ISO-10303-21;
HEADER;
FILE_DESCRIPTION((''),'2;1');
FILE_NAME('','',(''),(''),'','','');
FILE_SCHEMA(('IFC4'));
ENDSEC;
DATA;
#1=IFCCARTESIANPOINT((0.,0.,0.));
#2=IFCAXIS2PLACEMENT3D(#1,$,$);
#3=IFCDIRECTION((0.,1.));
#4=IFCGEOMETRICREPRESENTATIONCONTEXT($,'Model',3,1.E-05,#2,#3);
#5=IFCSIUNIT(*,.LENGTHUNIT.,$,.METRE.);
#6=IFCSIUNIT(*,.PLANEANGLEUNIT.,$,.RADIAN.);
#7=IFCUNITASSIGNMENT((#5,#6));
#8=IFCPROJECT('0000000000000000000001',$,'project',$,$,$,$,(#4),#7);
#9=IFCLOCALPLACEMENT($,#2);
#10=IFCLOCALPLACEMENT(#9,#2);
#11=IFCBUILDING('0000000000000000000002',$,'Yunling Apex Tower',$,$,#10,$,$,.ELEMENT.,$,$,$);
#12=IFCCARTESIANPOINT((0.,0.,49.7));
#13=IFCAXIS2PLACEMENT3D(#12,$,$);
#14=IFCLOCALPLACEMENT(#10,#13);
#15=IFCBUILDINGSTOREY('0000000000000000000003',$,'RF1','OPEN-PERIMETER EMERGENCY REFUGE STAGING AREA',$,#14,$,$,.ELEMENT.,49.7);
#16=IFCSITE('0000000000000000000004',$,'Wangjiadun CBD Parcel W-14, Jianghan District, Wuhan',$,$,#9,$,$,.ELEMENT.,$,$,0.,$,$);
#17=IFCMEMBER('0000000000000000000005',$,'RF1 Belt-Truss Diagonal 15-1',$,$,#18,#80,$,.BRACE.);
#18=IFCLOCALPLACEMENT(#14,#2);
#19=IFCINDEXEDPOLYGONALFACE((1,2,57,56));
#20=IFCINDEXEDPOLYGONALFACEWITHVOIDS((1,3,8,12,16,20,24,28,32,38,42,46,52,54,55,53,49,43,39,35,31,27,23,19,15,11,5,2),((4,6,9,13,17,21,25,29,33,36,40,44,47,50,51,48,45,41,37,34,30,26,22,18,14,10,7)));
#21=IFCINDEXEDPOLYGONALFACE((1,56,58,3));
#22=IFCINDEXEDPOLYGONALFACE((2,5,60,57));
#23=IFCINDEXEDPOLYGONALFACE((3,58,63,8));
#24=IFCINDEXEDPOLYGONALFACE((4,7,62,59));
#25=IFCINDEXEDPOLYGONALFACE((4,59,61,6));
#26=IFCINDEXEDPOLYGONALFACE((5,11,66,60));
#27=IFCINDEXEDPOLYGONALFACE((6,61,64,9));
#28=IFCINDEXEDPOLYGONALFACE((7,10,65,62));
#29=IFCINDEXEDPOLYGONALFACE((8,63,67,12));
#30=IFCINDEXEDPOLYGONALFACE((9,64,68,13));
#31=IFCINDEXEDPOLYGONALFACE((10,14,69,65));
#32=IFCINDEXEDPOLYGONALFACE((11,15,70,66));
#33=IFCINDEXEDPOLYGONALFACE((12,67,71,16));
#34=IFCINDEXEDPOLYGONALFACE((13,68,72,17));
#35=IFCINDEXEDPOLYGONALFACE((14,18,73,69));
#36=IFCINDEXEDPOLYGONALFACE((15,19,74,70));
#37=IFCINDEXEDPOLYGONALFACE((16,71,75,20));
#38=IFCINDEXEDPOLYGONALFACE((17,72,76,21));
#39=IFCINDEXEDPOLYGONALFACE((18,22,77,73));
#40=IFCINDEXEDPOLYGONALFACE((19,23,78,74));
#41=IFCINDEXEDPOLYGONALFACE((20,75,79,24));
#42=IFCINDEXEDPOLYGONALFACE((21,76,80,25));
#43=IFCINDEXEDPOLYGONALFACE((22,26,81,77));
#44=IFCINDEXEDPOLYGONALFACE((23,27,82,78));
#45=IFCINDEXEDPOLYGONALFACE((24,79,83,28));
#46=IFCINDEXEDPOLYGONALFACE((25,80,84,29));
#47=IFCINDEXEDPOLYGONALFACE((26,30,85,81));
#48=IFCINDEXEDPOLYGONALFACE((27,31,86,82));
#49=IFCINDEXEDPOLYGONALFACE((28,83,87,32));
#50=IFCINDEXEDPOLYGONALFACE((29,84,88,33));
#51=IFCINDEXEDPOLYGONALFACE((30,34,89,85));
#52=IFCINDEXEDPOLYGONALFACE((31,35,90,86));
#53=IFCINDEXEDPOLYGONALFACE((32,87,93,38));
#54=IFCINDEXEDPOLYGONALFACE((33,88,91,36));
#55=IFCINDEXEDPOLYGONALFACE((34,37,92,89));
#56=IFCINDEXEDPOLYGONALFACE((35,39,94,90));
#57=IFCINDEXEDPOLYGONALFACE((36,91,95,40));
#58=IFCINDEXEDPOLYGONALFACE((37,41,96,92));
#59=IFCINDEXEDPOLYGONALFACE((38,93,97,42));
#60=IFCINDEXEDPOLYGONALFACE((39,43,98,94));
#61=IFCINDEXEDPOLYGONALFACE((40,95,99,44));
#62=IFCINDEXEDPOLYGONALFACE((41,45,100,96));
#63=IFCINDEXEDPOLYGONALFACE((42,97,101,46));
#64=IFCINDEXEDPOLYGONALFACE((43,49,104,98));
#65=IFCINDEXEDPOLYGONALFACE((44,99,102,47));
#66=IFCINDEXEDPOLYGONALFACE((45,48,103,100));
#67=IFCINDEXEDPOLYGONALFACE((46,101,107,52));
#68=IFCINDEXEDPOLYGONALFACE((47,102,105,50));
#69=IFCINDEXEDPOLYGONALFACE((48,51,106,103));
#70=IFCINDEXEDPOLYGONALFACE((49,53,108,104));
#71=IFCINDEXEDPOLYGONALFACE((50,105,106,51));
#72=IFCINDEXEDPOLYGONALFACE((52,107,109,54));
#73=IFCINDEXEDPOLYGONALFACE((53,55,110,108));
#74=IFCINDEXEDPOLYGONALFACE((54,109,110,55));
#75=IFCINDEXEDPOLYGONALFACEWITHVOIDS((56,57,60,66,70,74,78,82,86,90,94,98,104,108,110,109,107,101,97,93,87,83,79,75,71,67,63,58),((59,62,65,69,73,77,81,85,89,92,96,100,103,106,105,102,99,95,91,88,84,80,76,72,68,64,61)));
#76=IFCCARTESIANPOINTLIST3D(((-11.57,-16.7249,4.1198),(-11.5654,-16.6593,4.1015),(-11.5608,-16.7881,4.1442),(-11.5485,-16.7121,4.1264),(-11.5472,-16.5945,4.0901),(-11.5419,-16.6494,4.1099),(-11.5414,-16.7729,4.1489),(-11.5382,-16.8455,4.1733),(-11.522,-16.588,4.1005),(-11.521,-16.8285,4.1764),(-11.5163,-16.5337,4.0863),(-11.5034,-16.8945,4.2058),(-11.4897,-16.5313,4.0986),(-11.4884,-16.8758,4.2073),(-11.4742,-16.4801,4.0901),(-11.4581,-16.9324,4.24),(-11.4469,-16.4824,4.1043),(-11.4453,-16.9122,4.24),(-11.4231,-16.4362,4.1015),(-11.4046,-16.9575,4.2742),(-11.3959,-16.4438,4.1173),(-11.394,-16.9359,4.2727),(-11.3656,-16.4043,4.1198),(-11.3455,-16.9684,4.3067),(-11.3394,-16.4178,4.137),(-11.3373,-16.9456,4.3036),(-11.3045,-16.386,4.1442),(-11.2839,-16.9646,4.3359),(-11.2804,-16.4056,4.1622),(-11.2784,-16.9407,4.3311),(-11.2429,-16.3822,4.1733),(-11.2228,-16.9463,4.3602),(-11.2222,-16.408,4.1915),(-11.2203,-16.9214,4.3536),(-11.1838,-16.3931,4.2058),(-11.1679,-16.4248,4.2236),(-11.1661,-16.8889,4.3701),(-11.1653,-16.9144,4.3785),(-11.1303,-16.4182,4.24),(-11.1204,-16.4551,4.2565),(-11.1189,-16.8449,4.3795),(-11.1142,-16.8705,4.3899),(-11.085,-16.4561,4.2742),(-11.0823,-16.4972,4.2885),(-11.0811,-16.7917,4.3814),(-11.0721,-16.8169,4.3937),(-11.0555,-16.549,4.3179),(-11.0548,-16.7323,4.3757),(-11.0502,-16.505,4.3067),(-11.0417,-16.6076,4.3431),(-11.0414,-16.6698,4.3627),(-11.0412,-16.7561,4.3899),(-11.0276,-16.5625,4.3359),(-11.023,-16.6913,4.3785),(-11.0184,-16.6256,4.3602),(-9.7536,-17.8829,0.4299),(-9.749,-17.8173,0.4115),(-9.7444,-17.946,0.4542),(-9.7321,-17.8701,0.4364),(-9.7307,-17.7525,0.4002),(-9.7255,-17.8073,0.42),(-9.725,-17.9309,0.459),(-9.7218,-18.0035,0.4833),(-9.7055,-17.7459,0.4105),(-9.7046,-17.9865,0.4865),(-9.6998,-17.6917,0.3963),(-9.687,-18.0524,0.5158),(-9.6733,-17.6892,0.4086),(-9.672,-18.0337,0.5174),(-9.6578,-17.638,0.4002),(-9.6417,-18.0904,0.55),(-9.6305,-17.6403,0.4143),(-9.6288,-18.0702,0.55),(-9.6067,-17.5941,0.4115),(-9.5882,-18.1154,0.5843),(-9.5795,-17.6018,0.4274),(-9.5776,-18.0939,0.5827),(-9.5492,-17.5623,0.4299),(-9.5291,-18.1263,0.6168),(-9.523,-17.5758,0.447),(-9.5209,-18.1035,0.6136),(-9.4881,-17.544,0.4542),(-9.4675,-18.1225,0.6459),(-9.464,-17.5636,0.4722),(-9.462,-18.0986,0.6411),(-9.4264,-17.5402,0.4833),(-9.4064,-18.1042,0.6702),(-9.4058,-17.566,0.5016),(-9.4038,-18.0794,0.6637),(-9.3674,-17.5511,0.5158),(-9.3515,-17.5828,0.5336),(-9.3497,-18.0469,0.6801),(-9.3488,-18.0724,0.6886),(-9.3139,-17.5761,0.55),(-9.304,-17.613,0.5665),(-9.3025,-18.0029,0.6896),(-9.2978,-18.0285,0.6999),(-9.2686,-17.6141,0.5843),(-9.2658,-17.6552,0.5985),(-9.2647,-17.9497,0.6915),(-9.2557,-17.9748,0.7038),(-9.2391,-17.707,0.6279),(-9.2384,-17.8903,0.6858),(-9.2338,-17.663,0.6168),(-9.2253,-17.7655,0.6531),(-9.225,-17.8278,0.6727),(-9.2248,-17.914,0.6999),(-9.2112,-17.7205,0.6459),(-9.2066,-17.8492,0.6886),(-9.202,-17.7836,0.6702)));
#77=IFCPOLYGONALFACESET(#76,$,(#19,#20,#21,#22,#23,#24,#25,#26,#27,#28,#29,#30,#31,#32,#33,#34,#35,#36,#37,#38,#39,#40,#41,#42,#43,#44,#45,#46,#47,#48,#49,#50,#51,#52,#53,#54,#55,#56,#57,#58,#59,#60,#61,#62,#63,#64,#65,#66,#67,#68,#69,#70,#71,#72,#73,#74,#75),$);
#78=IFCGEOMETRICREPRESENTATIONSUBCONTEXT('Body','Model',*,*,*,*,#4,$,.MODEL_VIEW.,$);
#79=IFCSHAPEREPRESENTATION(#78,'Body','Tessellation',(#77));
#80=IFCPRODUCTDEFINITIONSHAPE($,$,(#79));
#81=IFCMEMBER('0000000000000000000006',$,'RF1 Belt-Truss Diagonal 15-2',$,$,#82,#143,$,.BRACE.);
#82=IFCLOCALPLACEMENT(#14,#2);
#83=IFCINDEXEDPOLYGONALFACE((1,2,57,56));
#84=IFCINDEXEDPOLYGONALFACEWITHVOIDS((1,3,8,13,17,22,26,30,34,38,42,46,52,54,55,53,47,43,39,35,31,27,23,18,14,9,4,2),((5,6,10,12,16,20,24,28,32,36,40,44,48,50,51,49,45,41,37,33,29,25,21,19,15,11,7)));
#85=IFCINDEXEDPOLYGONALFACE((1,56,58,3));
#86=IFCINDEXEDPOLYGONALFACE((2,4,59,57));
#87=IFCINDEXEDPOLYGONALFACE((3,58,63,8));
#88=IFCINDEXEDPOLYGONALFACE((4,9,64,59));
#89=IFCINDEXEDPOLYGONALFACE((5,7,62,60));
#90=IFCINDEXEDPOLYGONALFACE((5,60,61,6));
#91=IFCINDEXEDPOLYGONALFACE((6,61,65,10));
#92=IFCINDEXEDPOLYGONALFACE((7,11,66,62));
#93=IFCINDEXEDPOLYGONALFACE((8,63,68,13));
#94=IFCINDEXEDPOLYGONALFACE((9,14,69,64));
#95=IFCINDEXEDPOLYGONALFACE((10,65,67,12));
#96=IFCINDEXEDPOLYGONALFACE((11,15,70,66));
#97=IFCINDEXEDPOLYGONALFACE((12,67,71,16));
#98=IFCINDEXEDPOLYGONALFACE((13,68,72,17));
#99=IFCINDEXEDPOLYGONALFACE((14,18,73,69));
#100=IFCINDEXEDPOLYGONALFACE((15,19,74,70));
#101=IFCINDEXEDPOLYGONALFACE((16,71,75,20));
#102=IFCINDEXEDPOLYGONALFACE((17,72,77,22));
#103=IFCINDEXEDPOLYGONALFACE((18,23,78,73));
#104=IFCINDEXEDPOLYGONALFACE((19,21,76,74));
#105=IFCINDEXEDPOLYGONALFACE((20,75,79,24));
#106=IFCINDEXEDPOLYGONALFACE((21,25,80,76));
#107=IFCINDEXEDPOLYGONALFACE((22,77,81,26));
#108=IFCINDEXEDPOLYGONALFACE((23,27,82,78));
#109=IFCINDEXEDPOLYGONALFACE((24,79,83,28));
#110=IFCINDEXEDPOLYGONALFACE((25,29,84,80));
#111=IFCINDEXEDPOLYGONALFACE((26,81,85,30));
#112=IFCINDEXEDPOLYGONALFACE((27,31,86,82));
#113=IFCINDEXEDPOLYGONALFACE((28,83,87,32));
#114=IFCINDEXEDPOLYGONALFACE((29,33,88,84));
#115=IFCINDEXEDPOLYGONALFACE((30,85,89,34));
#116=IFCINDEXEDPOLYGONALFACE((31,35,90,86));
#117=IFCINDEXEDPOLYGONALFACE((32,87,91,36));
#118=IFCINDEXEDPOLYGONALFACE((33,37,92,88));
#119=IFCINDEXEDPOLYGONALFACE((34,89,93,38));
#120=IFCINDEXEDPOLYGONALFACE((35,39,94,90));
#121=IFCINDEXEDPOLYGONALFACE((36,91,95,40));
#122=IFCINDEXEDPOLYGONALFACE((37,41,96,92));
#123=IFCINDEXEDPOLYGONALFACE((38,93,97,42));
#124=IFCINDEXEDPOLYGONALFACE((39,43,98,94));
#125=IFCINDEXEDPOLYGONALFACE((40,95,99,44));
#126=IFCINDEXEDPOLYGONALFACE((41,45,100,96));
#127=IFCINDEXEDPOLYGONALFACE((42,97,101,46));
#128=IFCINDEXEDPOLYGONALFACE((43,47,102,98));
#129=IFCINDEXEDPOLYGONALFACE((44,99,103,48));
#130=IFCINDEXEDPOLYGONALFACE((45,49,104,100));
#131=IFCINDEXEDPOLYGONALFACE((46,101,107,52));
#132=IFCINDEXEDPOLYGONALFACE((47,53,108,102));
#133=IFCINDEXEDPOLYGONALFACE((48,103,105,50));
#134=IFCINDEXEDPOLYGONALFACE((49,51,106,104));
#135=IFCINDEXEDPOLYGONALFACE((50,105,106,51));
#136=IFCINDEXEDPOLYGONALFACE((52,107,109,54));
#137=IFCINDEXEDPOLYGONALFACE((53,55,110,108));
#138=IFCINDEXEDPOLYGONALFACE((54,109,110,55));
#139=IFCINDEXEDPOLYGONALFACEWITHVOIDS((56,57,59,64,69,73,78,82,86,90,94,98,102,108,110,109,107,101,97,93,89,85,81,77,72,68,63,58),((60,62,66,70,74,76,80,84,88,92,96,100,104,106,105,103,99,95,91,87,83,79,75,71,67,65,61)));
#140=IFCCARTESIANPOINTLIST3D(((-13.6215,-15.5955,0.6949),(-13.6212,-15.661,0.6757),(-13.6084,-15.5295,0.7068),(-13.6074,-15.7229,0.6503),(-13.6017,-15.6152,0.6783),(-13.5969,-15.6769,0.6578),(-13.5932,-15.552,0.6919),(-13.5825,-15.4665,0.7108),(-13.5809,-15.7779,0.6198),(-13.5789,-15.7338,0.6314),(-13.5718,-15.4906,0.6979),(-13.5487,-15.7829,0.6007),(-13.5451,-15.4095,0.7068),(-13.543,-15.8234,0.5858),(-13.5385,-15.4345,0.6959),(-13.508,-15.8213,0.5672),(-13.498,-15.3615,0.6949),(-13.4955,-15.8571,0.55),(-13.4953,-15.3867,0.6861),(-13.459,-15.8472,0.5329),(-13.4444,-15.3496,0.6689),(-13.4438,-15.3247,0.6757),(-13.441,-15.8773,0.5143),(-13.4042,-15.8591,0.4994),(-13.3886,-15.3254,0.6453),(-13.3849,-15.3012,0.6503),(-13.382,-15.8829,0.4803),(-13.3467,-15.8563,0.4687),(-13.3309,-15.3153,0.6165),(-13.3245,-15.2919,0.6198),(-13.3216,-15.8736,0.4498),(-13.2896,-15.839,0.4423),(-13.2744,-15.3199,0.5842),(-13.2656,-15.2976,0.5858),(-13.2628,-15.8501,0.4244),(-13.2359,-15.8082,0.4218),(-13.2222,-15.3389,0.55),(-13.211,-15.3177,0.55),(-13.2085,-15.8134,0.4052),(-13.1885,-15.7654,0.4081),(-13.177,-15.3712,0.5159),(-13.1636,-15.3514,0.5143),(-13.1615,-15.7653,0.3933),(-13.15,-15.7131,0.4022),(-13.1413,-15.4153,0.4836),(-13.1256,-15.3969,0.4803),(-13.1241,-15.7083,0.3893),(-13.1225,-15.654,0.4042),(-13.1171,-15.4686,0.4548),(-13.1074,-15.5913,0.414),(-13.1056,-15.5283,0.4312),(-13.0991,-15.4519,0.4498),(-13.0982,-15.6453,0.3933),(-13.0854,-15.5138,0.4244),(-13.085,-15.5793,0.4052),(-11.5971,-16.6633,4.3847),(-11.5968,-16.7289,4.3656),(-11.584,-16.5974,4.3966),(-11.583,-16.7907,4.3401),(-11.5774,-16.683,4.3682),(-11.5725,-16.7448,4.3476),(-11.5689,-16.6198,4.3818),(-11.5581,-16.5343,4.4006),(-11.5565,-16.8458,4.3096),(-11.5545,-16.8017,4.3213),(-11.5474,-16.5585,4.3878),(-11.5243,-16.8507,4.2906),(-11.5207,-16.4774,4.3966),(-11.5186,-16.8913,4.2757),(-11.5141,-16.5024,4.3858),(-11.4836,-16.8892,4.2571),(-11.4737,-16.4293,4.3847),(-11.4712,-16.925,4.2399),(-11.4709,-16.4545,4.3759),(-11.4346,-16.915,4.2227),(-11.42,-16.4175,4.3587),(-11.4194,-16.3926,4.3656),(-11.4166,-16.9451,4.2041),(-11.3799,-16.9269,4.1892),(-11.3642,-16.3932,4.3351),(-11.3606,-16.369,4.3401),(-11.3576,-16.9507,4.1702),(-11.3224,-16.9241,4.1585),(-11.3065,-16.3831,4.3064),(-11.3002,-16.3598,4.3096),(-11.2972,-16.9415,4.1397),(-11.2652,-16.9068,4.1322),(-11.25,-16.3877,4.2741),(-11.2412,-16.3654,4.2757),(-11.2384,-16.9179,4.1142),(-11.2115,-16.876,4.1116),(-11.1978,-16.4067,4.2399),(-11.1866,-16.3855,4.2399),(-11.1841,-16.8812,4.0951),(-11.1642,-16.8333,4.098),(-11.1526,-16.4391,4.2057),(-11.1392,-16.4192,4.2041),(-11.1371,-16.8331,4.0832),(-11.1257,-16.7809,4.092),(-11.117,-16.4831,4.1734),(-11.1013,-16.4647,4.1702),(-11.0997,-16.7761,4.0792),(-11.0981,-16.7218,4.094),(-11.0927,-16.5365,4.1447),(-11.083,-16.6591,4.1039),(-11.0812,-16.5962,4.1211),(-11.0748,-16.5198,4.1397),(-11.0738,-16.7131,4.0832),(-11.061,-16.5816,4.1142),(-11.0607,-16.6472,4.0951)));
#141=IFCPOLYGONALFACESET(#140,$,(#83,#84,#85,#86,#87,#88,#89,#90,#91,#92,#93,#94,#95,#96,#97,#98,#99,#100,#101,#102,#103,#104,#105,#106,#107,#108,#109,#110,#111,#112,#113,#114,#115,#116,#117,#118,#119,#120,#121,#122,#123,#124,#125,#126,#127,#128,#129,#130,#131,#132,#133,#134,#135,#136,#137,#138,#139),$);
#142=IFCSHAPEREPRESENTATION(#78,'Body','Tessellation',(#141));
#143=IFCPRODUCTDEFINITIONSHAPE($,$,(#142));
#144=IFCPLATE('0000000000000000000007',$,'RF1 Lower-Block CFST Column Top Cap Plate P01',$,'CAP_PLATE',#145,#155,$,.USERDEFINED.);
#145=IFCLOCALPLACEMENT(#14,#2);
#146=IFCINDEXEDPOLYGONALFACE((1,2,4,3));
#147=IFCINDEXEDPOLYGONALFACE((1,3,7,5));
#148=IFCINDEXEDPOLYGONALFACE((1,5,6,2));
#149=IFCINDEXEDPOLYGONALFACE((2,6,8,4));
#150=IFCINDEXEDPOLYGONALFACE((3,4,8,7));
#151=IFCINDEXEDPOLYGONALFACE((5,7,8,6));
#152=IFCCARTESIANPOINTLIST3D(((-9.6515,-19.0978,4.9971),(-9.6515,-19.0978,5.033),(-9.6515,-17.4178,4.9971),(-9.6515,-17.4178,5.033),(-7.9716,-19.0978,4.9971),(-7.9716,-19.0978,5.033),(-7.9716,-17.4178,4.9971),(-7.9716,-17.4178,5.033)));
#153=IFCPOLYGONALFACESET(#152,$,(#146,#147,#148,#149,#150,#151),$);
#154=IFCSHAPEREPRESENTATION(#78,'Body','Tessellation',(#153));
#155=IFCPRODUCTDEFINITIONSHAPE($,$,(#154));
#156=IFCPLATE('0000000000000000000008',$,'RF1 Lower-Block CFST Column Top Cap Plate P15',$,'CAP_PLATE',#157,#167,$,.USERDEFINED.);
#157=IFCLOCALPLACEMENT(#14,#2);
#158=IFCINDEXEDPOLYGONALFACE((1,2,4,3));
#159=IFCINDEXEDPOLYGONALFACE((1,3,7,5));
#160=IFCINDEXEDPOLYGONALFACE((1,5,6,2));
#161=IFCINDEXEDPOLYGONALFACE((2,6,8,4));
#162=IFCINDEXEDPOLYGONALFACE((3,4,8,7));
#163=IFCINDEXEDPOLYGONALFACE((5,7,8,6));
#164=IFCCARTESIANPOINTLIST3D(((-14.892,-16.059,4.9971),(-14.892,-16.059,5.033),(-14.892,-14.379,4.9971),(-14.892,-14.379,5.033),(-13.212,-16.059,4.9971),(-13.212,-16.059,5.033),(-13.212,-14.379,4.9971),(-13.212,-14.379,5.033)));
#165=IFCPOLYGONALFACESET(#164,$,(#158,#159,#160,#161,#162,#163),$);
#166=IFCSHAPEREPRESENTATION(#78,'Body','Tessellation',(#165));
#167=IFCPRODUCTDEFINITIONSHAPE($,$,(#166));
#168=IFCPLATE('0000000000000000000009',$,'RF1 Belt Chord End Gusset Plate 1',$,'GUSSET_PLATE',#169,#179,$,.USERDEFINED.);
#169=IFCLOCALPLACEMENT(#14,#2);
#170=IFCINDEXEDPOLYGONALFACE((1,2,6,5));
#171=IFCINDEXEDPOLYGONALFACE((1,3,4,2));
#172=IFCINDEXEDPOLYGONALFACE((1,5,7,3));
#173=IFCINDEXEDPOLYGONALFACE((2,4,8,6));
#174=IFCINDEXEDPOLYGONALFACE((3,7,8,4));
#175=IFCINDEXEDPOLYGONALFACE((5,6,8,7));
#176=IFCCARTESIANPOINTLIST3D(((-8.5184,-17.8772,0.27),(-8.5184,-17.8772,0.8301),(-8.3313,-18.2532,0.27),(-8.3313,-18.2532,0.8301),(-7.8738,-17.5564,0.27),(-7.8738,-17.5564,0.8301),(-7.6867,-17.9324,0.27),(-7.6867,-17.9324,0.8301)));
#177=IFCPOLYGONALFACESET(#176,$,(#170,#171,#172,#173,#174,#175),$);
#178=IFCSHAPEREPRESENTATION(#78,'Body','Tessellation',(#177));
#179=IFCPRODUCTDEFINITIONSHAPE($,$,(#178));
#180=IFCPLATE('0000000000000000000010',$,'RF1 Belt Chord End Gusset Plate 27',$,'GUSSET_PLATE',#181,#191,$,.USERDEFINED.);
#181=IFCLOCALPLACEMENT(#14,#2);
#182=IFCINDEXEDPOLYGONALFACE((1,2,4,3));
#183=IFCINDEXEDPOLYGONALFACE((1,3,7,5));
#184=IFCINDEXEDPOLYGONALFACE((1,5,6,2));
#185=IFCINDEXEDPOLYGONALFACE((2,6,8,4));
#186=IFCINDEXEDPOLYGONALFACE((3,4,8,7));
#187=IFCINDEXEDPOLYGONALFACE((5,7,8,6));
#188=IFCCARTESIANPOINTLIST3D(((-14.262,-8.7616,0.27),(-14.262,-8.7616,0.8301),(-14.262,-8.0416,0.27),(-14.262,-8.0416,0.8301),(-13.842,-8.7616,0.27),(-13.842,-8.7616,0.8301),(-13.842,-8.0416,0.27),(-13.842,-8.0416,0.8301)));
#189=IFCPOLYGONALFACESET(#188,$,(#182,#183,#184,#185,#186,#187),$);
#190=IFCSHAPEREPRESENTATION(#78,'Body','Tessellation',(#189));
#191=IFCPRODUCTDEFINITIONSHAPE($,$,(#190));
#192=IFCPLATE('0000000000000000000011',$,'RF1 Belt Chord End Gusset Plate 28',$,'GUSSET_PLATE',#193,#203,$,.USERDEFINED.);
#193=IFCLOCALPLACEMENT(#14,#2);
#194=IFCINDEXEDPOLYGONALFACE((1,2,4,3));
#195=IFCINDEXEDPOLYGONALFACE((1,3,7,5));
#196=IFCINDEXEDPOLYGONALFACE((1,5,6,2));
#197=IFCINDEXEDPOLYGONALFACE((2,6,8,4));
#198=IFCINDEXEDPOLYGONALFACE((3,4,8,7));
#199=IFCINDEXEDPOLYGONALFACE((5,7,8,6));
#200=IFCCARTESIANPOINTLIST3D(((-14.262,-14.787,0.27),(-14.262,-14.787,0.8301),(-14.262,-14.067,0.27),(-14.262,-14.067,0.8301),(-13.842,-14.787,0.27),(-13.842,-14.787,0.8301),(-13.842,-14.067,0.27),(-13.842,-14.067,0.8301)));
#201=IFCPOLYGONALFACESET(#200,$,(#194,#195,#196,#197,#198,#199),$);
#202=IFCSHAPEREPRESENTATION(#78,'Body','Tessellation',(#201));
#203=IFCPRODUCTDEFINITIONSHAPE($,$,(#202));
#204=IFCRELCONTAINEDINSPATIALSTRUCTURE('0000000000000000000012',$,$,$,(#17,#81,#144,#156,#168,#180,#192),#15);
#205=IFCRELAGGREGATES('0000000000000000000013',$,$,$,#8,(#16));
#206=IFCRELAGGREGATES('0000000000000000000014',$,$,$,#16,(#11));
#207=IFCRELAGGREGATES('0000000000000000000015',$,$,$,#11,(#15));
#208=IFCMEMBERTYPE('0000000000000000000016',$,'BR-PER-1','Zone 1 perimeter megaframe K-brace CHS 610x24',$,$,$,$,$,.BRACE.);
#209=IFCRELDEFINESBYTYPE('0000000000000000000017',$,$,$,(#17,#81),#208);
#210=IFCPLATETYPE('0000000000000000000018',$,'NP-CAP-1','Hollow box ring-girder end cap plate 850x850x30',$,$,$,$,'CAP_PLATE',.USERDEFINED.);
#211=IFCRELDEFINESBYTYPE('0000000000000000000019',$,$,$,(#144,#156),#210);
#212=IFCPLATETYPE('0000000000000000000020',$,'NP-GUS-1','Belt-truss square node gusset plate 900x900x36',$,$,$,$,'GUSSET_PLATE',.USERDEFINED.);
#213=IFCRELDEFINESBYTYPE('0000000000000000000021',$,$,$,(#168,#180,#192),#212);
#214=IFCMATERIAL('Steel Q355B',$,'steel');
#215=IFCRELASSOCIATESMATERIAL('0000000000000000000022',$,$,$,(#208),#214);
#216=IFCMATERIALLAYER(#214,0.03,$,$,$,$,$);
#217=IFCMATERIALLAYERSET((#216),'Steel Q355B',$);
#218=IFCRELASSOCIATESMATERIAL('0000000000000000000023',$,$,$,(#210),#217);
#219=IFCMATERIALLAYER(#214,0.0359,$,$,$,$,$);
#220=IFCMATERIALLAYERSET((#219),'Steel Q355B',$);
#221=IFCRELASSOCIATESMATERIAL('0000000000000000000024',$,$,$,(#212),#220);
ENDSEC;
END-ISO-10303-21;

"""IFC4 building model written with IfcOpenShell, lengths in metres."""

from ifc_helpers import new_model, si_unit, direction, frame, origin, origin_2d, place, context, subcontext, project, spatial, rectangle, hollow_circle, extrude, source, transform, mapped, material, layer, layer_set, material_profile, profile_set, type_object, element, save


model = new_model("IFC4")

# Units and contexts
model_context = context("Model", 3, precision=1e-05, world=origin(), true_north=direction((0.0, 1.0)))
body_context = subcontext(model_context, "Body", "Model", "MODEL_VIEW")
ifc_project = project(units=[si_unit("LENGTHUNIT", "METRE"), si_unit("PLANEANGLEUNIT", "RADIAN")], contexts=[model_context])

# Site, building, storey
site_placement = place(None, origin())
site = spatial("IfcSite", under=ifc_project, at=site_placement, Name="Wangjiadun CBD Parcel W-14, Jianghan District, Wuhan", CompositionType="ELEMENT", RefElevation=0.0)
building_placement = place(site_placement, origin())
building = spatial("IfcBuilding", under=site, at=building_placement, Name="Yunling Apex Tower", CompositionType="ELEMENT")
storey_placement = place(building_placement, frame((0.0, 0.0, 49.7)))
storey = spatial("IfcBuildingStorey", under=building, at=storey_placement, Name="RF1", Description="OPEN-PERIMETER EMERGENCY REFUGE STAGING AREA", CompositionType="ELEMENT", Elevation=49.7)

# Members
ifc_material_1 = material(Name="Steel Q355B", Category="steel")
ifc_material_profile_1 = material_profile(ifc_material_1, hollow_circle(Radius=0.3049, WallThickness=0.0239, at=origin_2d()))
ifc_profile_set_1 = profile_set([ifc_material_profile_1], Name="Steel Q355B")
member_type_1 = type_object("IfcMemberType", Name="BR-PER-1", Description="Zone 1 perimeter megaframe K-brace CHS 610x24", PredefinedType="BRACE", material=ifc_profile_set_1)
shared_shape_1 = source(origin(), body_context, "Body", "SweptSolid", [
    extrude(hollow_circle(Radius=0.3049, WallThickness=0.0239, at=origin_2d()), origin(), (0.0, 0.0, 1.0), 4.2727),
])
member_1_placement = place(storey_placement, frame((-9.4778, -17.8333, 0.55), z_axis=(-0.42512, 0.271014, 0.863611), x_axis=(-0.537557, -0.843227, 0.0)))
element("IfcMember", 1, at=member_1_placement, inside=storey, type_object=member_type_1, Name="RF1 Belt-Truss Diagonal 15-1", PredefinedType="BRACE", context=body_context, shape_type="MappedRepresentation", body=[
    mapped(shared_shape_1, transform((0.0, 0.0, 0.0), scale=1.0)),
])
shared_shape_2 = source(origin(), body_context, "Body", "SweptSolid", [
    extrude(hollow_circle(Radius=0.3049, WallThickness=0.0239, at=origin_2d()), origin(), (0.0, 0.0, 1.0), 4.342),
])
member_2_placement = place(storey_placement, frame((-13.3533, -15.5874, 0.55), z_axis=(0.466224, -0.245931, 0.849796), x_axis=(0.466564, 0.884487, 0.0)))
element("IfcMember", 2, at=member_2_placement, inside=storey, type_object=member_type_1, Name="RF1 Belt-Truss Diagonal 15-2", PredefinedType="BRACE", context=body_context, shape_type="MappedRepresentation", body=[
    mapped(shared_shape_2, transform((0.0, 0.0, 0.0), scale=1.0)),
])

# Plates
ifc_layer_1 = layer(ifc_material_1, 0.03)
ifc_layer_set_1 = layer_set([ifc_layer_1], Name="Steel Q355B")
plate_type_1 = type_object("IfcPlateType", Name="NP-CAP-1", Description="Hollow box ring-girder end cap plate 850x850x30", ElementType="CAP_PLATE", PredefinedType="USERDEFINED", material=ifc_layer_set_1)
shared_shape_3 = source(origin(), body_context, "Body", "SweptSolid", [
    extrude(rectangle(XDim=1.6799, YDim=1.6799, at=origin_2d()), origin(), (0.0, 0.0, 1.0), 0.0359),
])
for number, where, z_axis, x_axis, name in (
    (3, (-8.8115, -18.2578, 4.9971), (0.0, 0.0, 1.0), (1.0, 0.0, 0.0), "RF1 Lower-Block CFST Column Top Cap Plate P01"),
    (4, (-14.052, -15.219, 4.9971), (0.0, 0.0, 1.0), (1.0, 0.0, 0.0), "RF1 Lower-Block CFST Column Top Cap Plate P15"),
):
    element("IfcPlate", number, at=place(storey_placement, frame(where, z_axis=z_axis, x_axis=x_axis)), inside=storey, type_object=plate_type_1, Name=name, ObjectType="CAP_PLATE", PredefinedType="USERDEFINED", context=body_context, shape_type="MappedRepresentation", body=[
        mapped(shared_shape_3, transform((0.0, 0.0, 0.0), scale=1.0)),
    ])
ifc_layer_2 = layer(ifc_material_1, 0.0359)
ifc_layer_set_2 = layer_set([ifc_layer_2], Name="Steel Q355B")
plate_type_2 = type_object("IfcPlateType", Name="NP-GUS-1", Description="Belt-truss square node gusset plate 900x900x36", ElementType="GUSSET_PLATE", PredefinedType="USERDEFINED", material=ifc_layer_set_2)
shared_shape_4 = source(origin(), body_context, "Body", "SweptSolid", [
    extrude(rectangle(XDim=0.72, YDim=0.4199, at=origin_2d()), origin(), (0.0, 0.0, 1.0), 0.5601),
])
for number, where, z_axis, x_axis, name in (
    (5, (-8.1025, -17.9048, 0.27), (0.0, 0.0, 1.0), (0.895246, 0.445573, 0.0), "RF1 Belt Chord End Gusset Plate 1"),
    (6, (-14.052, -8.4016, 0.27), (0.0, 0.0, 1.0), (0.0, -1.0, 0.0), "RF1 Belt Chord End Gusset Plate 27"),
    (7, (-14.052, -14.427, 0.27), (0.0, 0.0, 1.0), (0.0, -1.0, 0.0), "RF1 Belt Chord End Gusset Plate 28"),
):
    element("IfcPlate", number, at=place(storey_placement, frame(where, z_axis=z_axis, x_axis=x_axis)), inside=storey, type_object=plate_type_2, Name=name, ObjectType="GUSSET_PLATE", PredefinedType="USERDEFINED", context=body_context, shape_type="MappedRepresentation", body=[
        mapped(shared_shape_4, transform((0.0, 0.0, 0.0), scale=1.0)),
    ])

save(model, "model.ifc")
